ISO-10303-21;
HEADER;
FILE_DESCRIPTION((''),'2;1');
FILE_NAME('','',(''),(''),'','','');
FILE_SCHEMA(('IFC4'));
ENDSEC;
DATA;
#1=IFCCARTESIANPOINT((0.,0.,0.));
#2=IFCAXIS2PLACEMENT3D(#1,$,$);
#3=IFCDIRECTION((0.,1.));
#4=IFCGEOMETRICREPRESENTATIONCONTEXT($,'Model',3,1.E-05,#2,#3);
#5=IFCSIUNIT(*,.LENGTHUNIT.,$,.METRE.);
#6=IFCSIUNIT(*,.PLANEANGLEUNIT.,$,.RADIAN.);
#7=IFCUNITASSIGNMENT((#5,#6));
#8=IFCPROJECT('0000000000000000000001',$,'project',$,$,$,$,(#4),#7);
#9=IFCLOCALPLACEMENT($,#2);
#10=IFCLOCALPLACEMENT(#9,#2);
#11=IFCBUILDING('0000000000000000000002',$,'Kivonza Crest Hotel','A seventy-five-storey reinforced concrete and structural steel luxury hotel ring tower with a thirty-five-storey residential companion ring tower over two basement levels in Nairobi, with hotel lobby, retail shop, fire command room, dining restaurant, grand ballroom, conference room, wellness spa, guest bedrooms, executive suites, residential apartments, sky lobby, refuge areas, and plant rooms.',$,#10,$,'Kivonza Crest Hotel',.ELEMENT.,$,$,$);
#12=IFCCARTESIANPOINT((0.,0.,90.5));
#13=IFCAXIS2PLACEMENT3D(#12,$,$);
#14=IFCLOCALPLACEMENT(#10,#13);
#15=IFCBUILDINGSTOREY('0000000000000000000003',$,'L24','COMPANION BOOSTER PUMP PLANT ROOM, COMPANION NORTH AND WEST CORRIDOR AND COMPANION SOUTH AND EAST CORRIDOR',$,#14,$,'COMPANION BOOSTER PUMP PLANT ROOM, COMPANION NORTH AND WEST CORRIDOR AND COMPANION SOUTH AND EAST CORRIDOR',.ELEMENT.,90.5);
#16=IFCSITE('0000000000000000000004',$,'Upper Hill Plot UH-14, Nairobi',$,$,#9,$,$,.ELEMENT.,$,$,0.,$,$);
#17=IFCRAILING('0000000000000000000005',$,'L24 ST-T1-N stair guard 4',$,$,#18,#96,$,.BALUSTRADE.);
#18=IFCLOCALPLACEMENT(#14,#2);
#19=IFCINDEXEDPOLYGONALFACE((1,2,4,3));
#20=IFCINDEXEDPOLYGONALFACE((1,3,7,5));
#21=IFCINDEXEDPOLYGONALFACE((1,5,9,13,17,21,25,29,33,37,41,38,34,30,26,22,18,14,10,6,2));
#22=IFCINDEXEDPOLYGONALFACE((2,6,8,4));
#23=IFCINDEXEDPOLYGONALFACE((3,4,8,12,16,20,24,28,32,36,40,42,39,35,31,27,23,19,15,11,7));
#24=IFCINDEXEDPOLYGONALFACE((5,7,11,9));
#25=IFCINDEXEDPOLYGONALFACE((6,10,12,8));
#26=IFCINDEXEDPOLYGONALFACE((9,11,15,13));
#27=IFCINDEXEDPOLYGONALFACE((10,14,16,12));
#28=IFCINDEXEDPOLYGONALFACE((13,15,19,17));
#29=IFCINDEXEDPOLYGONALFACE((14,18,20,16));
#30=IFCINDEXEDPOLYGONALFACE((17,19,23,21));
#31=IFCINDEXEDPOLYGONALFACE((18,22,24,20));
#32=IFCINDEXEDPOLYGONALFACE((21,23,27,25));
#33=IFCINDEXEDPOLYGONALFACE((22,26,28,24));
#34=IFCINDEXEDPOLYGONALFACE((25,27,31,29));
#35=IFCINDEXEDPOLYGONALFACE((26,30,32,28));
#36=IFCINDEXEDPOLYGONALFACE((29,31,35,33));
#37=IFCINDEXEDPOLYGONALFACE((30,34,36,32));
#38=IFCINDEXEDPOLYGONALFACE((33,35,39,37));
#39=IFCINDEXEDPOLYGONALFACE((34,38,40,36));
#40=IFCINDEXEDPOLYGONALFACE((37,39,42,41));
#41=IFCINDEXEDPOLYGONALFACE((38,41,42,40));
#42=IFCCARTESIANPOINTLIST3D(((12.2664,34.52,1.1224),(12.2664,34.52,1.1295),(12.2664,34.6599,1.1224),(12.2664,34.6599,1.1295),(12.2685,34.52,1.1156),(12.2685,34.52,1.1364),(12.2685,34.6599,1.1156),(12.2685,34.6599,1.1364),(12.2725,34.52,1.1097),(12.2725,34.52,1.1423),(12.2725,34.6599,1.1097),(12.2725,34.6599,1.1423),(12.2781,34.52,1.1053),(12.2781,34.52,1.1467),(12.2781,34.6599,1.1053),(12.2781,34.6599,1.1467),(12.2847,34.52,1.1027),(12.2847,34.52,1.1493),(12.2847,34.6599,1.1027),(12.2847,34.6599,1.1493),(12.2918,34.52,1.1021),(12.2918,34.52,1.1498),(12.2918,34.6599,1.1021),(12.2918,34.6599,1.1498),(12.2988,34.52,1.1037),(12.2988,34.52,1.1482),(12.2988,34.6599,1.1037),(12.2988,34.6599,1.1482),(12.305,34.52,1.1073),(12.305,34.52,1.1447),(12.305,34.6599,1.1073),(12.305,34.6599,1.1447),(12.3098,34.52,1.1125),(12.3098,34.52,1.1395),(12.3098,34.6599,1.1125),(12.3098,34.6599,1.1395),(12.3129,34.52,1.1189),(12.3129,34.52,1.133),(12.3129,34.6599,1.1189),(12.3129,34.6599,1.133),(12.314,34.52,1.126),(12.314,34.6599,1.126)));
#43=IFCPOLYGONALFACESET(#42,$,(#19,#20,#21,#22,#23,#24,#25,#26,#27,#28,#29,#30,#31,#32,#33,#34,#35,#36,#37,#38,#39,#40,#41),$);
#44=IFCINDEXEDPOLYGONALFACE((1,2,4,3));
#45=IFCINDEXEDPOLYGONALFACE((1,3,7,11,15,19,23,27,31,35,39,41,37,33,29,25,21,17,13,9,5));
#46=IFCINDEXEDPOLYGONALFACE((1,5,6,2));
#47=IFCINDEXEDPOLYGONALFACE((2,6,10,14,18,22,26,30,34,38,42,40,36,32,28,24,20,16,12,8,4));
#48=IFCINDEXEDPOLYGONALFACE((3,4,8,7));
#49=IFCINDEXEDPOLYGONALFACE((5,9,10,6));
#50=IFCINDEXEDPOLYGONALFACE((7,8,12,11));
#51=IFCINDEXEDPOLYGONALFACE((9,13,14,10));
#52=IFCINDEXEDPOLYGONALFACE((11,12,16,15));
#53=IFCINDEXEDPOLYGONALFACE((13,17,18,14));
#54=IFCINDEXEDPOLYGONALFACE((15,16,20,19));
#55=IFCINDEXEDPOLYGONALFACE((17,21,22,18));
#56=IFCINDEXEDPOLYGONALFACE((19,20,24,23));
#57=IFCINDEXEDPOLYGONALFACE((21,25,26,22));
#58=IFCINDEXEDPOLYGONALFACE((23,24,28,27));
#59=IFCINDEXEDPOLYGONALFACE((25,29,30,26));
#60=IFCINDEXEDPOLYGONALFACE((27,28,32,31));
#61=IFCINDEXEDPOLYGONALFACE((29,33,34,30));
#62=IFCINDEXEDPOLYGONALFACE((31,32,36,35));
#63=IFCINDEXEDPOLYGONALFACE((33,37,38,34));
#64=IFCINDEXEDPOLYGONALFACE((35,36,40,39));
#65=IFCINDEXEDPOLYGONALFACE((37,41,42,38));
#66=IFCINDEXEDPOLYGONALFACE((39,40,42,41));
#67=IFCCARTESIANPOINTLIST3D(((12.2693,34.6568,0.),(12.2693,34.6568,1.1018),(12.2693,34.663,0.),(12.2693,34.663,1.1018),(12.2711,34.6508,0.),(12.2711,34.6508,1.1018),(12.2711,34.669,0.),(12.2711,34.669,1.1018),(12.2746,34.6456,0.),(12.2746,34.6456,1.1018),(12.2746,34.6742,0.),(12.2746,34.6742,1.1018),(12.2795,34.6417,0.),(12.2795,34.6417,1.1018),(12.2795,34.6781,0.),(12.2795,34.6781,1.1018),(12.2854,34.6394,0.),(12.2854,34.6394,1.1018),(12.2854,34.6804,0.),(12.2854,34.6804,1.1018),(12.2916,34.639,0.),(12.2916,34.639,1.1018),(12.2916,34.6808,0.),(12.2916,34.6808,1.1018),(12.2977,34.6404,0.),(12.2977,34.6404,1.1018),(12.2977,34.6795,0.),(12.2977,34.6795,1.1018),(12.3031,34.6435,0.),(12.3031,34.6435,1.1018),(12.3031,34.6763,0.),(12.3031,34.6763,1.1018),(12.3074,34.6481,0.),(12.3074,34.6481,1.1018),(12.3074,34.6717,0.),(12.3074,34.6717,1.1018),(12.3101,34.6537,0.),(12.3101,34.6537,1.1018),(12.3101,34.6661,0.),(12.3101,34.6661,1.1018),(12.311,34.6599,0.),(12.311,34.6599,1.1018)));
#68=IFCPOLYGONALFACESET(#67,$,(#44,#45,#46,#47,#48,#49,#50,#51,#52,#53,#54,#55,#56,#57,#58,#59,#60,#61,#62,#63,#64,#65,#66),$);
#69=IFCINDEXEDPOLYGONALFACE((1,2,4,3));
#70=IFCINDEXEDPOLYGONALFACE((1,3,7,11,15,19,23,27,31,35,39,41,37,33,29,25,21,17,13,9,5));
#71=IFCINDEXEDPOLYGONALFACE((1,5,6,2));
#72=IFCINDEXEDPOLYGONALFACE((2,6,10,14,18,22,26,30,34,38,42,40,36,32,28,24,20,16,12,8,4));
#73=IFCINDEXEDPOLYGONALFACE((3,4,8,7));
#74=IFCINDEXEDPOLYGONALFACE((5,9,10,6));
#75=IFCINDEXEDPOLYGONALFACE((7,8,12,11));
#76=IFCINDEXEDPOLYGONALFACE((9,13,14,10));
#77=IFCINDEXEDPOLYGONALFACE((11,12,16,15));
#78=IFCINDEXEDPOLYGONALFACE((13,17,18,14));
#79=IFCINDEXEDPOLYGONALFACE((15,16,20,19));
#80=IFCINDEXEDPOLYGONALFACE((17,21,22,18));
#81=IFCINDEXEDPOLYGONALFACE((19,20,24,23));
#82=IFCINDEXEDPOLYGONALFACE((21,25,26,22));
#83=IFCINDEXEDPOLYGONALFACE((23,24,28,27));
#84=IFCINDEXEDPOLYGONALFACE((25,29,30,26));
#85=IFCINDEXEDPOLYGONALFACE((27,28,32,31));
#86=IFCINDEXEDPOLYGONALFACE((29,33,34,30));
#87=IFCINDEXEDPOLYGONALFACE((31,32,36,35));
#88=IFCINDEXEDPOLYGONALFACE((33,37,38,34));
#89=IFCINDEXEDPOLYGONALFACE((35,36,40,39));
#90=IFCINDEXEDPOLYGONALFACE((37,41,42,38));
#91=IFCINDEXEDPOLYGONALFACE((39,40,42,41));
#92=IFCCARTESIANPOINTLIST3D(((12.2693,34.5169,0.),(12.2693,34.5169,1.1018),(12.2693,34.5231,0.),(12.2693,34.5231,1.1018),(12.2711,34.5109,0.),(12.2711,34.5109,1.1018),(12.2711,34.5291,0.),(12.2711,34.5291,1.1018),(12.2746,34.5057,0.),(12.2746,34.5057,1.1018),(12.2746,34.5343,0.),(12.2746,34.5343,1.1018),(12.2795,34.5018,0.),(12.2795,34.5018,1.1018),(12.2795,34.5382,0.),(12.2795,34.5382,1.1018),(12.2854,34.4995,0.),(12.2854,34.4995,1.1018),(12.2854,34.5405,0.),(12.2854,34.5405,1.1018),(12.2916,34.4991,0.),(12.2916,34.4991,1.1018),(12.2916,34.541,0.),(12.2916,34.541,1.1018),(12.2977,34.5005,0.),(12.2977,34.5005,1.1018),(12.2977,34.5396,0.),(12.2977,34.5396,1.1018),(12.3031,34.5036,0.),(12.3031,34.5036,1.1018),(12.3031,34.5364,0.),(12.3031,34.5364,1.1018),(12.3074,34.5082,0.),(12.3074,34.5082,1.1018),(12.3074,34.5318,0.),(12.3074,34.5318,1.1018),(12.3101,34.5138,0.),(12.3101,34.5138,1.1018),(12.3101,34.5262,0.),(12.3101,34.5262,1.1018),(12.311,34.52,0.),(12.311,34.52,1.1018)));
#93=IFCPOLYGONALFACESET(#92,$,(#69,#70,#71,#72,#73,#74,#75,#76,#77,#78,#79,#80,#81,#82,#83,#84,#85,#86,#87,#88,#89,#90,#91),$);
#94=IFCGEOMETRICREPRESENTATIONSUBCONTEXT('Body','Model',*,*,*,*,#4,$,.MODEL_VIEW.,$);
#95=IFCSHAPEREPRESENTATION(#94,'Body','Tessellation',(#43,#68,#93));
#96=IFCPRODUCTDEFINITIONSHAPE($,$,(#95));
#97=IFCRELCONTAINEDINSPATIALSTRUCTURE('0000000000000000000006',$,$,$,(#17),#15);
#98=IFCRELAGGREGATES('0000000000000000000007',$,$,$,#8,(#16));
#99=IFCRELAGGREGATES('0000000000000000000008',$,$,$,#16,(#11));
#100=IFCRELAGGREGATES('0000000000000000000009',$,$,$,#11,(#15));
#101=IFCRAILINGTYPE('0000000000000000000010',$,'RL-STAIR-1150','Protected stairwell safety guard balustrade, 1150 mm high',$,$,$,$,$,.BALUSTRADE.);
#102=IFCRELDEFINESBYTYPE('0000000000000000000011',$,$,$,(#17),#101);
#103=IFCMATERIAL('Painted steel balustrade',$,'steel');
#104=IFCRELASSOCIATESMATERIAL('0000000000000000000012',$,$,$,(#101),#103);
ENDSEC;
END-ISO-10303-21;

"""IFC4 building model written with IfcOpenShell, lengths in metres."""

from ifc_helpers import new_model, si_unit, direction, frame, origin, origin_2d, place, context, subcontext, project, spatial, circle, extrude, material, type_object, element, save


model = new_model("IFC4")

# Units and contexts
model_context = context("Model", 3, precision=1e-05, world=origin(), true_north=direction((0.0, 1.0)))
body_context = subcontext(model_context, "Body", "Model", "MODEL_VIEW")
ifc_project = project(units=[si_unit("LENGTHUNIT", "METRE"), si_unit("PLANEANGLEUNIT", "RADIAN")], contexts=[model_context])

# Site, building, storey
site_placement = place(None, origin())
site = spatial("IfcSite", under=ifc_project, at=site_placement, Name="Upper Hill Plot UH-14, Nairobi", CompositionType="ELEMENT", RefElevation=0.0)
building_placement = place(site_placement, origin())
building = spatial("IfcBuilding", under=site, at=building_placement, Name="Kivonza Crest Hotel", Description="A seventy-five-storey reinforced concrete and structural steel luxury hotel ring tower with a thirty-five-storey residential companion ring tower over two basement levels in Nairobi, with hotel lobby, retail shop, fire command room, dining restaurant, grand ballroom, conference room, wellness spa, guest bedrooms, executive suites, residential apartments, sky lobby, refuge areas, and plant rooms.", LongName="Kivonza Crest Hotel", CompositionType="ELEMENT")
storey_placement = place(building_placement, frame((0.0, 0.0, 90.5)))
storey = spatial("IfcBuildingStorey", under=building, at=storey_placement, Name="L24", Description="COMPANION BOOSTER PUMP PLANT ROOM, COMPANION NORTH AND WEST CORRIDOR AND COMPANION SOUTH AND EAST CORRIDOR", LongName="COMPANION BOOSTER PUMP PLANT ROOM, COMPANION NORTH AND WEST CORRIDOR AND COMPANION SOUTH AND EAST CORRIDOR", CompositionType="ELEMENT", Elevation=90.5)

# Railing
ifc_material_1 = material(Name="Painted steel balustrade", Category="steel")
railing_type_1 = type_object("IfcRailingType", Name="RL-STAIR-1150", Description="Protected stairwell safety guard balustrade, 1150 mm high", PredefinedType="BALUSTRADE", material=ifc_material_1)
railing_1_placement = place(storey_placement, frame((12.29, 34.6599, 0.0)))
element("IfcRailing", 1, at=railing_1_placement, inside=storey, type_object=railing_type_1, Name="L24 ST-T1-N stair guard 4", PredefinedType="BALUSTRADE", context=body_context, shape_type="SweptSolid", body=[
    extrude(circle(Radius=0.0239, at=origin_2d()), frame((0.0, 0.0, 1.126), z_axis=(0.0, -1.0, 0.0), x_axis=(1.0, 0.0, 0.0)), (0.0, 0.0, 1.0), 0.1399),
    extrude(circle(Radius=0.021, at=origin_2d()), origin(), (0.0, 0.0, 1.0), 1.1018),
    extrude(circle(Radius=0.021, at=origin_2d()), frame((0.0, -0.1399, 0.0)), (0.0, 0.0, 1.0), 1.1018),
])

save(model, "model.ifc")
